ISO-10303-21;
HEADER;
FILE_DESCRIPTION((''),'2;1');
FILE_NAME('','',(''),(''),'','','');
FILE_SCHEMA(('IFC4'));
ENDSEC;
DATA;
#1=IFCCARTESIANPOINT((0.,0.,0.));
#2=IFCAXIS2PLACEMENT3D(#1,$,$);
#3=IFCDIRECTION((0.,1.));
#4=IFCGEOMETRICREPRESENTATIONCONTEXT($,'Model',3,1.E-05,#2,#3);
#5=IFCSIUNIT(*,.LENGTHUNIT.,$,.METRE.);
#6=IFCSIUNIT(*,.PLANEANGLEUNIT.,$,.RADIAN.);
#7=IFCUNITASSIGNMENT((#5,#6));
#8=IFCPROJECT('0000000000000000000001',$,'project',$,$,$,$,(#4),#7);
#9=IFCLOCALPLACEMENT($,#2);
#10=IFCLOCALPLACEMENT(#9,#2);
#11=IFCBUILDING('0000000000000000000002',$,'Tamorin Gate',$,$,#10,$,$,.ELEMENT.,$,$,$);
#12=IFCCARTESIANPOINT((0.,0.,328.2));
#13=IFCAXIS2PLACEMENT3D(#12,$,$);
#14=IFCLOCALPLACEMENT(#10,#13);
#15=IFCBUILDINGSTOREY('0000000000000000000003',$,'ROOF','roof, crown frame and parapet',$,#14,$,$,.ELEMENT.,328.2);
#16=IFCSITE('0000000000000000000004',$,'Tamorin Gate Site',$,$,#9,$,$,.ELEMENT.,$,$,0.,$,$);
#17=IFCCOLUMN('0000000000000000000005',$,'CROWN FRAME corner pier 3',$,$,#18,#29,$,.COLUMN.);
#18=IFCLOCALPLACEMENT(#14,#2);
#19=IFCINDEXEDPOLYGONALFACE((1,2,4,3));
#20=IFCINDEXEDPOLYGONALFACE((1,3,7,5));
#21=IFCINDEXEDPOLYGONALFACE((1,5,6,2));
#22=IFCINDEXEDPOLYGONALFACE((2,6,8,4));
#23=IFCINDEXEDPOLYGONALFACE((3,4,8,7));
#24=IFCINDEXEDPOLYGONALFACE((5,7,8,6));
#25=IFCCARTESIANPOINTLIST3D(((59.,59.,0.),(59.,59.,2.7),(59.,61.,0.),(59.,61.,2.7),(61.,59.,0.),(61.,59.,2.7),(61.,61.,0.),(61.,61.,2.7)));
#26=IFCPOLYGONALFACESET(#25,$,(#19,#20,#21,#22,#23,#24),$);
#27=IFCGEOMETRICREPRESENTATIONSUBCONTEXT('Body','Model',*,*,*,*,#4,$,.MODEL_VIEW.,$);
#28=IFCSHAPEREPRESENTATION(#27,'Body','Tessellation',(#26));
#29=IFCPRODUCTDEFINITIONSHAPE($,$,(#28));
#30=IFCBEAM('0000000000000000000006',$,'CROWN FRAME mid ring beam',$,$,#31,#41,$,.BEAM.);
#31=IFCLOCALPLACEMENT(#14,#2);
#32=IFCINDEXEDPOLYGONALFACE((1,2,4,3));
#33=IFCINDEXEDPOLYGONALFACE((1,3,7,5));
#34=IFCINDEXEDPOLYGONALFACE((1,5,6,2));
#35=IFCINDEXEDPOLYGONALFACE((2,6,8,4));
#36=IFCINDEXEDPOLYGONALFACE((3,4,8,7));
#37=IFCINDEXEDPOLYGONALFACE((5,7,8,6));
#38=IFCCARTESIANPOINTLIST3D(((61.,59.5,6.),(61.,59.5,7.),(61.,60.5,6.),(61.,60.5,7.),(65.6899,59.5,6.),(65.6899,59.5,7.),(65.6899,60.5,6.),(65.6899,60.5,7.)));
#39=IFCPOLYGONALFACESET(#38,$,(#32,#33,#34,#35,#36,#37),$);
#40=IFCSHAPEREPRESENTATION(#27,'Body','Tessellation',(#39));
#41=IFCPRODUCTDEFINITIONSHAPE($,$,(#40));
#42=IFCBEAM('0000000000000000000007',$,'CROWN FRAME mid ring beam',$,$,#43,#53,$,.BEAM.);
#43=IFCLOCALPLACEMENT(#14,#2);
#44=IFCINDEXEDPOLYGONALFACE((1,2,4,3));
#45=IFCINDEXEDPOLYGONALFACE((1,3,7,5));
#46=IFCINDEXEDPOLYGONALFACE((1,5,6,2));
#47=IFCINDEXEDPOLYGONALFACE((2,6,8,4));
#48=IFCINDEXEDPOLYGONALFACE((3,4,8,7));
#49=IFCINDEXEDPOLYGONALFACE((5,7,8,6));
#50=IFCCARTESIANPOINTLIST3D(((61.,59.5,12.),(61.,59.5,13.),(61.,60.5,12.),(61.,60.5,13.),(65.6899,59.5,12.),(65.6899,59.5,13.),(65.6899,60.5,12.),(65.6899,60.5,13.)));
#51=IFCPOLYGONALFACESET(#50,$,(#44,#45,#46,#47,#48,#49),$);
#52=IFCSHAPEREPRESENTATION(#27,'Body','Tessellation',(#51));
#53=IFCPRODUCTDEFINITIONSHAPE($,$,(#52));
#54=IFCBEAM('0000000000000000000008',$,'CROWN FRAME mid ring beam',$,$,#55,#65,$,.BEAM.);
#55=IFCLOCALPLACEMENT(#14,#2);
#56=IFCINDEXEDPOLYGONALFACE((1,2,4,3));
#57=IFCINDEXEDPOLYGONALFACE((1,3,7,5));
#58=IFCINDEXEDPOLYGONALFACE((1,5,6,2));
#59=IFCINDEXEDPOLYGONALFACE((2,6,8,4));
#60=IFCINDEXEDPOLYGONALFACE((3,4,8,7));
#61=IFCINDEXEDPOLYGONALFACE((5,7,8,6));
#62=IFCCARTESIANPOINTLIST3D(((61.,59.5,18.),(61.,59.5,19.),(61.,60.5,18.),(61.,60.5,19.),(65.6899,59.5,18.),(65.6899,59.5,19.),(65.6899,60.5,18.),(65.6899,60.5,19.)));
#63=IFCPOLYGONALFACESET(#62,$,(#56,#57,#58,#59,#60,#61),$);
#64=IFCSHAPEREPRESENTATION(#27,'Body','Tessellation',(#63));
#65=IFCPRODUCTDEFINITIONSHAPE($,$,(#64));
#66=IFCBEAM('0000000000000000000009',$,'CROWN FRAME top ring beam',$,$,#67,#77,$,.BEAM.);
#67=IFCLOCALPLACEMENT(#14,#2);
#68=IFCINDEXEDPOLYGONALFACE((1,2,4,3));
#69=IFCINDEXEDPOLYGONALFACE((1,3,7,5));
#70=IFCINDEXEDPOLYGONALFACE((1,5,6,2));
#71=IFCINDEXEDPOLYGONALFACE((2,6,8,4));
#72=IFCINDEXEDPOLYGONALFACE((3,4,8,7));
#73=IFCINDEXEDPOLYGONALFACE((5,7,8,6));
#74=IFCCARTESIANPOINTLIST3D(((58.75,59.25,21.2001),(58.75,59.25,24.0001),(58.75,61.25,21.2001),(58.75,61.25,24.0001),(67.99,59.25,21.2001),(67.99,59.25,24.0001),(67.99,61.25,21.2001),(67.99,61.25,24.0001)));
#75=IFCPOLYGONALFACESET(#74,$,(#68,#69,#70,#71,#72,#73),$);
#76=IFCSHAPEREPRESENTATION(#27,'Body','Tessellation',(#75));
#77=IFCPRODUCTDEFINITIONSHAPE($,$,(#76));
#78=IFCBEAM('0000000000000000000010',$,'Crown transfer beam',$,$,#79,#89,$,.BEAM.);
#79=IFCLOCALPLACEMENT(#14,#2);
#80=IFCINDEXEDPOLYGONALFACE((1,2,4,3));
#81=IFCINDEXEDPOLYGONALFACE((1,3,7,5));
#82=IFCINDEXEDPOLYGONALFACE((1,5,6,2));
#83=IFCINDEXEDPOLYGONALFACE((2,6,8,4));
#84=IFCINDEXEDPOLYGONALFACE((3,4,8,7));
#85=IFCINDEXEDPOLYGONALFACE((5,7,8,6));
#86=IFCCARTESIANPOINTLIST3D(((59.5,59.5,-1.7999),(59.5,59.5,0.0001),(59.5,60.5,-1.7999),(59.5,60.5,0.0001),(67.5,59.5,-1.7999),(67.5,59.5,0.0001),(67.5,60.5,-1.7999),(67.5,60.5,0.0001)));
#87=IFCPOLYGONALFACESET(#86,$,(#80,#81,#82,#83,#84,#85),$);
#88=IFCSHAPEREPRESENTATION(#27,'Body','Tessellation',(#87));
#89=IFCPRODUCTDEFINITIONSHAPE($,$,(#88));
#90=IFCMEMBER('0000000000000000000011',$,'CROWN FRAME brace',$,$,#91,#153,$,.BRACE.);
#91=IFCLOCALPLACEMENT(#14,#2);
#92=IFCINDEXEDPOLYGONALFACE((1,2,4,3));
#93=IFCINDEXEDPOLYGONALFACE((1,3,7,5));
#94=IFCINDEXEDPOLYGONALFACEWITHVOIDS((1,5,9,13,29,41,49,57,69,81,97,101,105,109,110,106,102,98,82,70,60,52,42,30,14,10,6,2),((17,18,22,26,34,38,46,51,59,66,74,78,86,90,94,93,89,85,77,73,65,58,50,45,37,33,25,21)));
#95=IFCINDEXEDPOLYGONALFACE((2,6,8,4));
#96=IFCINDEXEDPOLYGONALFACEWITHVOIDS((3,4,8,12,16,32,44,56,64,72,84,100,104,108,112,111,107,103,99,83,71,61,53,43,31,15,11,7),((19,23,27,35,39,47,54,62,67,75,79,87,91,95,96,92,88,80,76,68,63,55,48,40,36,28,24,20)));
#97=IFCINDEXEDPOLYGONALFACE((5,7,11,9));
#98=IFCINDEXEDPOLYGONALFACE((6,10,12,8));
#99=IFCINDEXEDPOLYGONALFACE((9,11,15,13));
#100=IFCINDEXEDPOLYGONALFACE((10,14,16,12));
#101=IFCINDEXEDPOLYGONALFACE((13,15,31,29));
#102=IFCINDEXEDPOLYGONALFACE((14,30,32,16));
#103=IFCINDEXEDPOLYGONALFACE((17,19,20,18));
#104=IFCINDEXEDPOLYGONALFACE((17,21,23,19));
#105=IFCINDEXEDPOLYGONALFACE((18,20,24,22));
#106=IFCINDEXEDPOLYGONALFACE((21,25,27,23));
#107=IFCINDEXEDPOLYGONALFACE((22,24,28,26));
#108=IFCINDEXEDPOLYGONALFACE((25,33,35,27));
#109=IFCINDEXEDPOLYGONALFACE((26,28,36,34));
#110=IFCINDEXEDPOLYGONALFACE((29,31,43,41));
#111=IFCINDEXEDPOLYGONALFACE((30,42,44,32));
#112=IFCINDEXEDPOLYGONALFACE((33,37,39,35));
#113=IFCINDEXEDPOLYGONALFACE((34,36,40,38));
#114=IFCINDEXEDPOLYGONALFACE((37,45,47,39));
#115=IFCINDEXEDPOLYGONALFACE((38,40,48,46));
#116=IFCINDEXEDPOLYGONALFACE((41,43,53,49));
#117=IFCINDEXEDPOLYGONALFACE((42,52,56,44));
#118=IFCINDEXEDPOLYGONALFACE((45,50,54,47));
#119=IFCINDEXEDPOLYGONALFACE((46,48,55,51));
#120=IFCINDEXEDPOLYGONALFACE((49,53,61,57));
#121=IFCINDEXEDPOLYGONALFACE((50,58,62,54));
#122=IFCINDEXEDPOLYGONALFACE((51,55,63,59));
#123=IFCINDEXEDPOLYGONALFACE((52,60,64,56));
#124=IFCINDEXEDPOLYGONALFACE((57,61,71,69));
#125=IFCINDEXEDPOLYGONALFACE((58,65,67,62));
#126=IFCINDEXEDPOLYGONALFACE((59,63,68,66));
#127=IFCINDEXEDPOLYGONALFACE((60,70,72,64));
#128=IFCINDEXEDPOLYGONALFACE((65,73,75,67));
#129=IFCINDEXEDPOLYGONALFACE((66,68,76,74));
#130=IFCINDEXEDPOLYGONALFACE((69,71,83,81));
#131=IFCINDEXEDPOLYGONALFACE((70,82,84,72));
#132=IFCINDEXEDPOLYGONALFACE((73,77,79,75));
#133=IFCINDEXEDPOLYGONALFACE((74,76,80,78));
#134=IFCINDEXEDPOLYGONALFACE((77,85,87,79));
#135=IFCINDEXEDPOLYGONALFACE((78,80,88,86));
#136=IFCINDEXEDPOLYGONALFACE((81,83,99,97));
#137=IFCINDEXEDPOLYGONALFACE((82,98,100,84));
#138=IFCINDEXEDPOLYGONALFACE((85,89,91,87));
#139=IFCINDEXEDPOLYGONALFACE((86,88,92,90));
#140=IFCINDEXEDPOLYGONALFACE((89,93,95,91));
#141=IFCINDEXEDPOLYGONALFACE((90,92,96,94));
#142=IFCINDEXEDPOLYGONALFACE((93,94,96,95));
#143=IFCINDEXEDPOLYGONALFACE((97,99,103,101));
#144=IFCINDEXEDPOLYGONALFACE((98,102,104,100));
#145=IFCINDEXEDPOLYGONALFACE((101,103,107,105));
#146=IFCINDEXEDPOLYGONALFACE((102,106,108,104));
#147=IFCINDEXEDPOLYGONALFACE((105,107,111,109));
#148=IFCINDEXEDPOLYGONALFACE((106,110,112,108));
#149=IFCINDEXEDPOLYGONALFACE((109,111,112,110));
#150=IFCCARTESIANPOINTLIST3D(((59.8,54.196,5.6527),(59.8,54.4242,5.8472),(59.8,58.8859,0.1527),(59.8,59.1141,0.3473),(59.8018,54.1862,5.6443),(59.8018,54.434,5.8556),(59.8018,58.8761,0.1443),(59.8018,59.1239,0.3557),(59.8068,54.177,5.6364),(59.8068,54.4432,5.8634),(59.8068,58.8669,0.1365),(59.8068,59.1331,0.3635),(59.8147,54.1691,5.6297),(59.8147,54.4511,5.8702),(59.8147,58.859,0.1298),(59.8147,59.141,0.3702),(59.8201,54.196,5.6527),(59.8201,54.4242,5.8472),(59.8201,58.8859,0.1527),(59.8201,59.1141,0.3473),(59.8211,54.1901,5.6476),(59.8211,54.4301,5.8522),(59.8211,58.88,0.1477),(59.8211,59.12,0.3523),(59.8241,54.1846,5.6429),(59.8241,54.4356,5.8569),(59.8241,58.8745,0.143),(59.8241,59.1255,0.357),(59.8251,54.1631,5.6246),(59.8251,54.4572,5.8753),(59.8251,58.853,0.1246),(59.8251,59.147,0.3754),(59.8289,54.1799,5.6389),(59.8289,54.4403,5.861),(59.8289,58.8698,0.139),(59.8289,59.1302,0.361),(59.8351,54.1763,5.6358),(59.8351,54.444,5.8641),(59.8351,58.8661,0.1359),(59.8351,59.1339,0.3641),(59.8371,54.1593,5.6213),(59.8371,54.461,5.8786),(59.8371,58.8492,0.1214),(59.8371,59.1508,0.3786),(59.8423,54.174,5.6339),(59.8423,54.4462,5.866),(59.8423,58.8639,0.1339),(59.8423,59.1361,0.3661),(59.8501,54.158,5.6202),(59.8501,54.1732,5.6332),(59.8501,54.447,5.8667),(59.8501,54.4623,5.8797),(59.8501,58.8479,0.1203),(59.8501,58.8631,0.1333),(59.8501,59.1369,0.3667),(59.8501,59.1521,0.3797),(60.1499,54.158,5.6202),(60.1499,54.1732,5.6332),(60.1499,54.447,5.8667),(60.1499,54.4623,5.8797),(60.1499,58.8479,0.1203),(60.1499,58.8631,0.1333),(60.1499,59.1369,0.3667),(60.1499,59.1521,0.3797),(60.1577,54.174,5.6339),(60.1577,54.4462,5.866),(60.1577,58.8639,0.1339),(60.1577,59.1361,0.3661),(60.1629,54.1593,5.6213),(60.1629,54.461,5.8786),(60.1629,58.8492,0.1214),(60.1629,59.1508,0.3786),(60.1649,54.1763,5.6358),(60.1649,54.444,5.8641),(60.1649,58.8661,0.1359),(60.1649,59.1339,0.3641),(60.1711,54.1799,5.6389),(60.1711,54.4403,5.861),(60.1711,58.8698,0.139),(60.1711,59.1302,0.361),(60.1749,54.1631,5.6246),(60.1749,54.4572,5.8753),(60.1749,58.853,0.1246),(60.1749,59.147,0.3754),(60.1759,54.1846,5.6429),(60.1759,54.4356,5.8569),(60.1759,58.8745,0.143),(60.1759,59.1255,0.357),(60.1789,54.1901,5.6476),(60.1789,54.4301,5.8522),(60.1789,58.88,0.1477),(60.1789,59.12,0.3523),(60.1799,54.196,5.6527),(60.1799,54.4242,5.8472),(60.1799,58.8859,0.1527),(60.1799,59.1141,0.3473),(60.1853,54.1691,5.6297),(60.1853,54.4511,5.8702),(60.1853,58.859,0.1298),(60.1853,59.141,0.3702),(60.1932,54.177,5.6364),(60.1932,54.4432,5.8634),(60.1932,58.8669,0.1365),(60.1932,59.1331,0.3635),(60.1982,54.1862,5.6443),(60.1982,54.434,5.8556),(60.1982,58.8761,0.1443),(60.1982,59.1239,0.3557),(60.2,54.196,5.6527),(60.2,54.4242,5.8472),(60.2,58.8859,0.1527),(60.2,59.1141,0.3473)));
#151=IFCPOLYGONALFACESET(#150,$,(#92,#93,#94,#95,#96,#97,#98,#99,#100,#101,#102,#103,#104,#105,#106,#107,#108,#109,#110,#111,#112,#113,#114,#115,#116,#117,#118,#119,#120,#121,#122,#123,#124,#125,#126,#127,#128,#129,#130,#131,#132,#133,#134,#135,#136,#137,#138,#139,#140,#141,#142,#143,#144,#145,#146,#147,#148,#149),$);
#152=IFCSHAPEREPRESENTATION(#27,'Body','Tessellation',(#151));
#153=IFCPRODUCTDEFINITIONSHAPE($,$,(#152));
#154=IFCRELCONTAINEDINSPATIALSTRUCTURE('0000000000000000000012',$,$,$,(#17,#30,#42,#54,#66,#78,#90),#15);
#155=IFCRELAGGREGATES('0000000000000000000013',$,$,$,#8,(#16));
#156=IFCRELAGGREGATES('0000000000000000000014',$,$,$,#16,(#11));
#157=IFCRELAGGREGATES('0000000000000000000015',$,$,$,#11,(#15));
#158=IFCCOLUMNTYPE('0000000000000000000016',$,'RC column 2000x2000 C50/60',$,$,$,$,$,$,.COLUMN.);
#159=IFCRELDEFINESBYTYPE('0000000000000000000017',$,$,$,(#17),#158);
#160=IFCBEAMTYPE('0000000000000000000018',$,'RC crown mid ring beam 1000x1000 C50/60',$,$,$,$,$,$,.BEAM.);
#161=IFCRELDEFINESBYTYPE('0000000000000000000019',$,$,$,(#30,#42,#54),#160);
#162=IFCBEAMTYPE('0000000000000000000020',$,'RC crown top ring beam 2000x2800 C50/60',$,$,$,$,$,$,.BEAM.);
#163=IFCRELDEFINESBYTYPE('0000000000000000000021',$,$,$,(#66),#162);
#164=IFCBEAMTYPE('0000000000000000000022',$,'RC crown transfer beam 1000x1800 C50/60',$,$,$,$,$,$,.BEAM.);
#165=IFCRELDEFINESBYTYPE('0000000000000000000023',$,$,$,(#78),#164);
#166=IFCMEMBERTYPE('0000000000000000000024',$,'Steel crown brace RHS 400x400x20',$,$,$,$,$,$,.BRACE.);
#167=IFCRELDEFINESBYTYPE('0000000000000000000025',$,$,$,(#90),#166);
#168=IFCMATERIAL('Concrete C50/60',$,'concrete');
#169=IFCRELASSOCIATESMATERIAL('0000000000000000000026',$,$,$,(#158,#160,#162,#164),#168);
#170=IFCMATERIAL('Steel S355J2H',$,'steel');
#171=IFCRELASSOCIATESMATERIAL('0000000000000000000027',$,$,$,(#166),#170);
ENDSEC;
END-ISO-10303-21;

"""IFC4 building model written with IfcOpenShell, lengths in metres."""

from ifc_helpers import new_model, si_unit, direction, frame, origin, origin_2d, place, context, subcontext, project, spatial, rectangle, hollow_rectangle, extrude, material, material_profile, profile_set, type_object, element, save


model = new_model("IFC4")

# Units and contexts
model_context = context("Model", 3, precision=1e-05, world=origin(), true_north=direction((0.0, 1.0)))
body_context = subcontext(model_context, "Body", "Model", "MODEL_VIEW")
ifc_project = project(units=[si_unit("LENGTHUNIT", "METRE"), si_unit("PLANEANGLEUNIT", "RADIAN")], contexts=[model_context])

# Site, building, storey
site_placement = place(None, origin())
site = spatial("IfcSite", under=ifc_project, at=site_placement, Name="Tamorin Gate Site", CompositionType="ELEMENT", RefElevation=0.0)
building_placement = place(site_placement, origin())
building = spatial("IfcBuilding", under=site, at=building_placement, Name="Tamorin Gate", CompositionType="ELEMENT")
storey_placement = place(building_placement, frame((0.0, 0.0, 328.2)))
storey = spatial("IfcBuildingStorey", under=building, at=storey_placement, Name="ROOF", Description="roof, crown frame and parapet", CompositionType="ELEMENT", Elevation=328.2)

# Column
ifc_material_1 = material(Name="Concrete C50/60", Category="concrete")
ifc_material_profile_1 = material_profile(ifc_material_1, rectangle(XDim=2.0, YDim=2.0, at=origin_2d()), Name="RC 2000x2000")
ifc_profile_set_1 = profile_set([ifc_material_profile_1], Name="Concrete C50/60")
column_type = type_object("IfcColumnType", Name="RC column 2000x2000 C50/60", PredefinedType="COLUMN", material=ifc_profile_set_1)
column_placement = place(storey_placement, frame((60.0, 60.0, 0.0), z_axis=(0.0, 0.0, 1.0), x_axis=(1.0, 0.0, 0.0)))
element("IfcColumn", 1, at=column_placement, inside=storey, type_object=column_type, Name="CROWN FRAME corner pier 3", PredefinedType="COLUMN", context=body_context, shape_type="SweptSolid", body=[
    extrude(rectangle(XDim=2.0, YDim=2.0, at=origin_2d()), origin(), (0.0, 0.0, 1.0), 2.7),
])

# Beams
ifc_material_profile_2 = material_profile(ifc_material_1, rectangle(XDim=1.0, YDim=1.0, at=origin_2d()), Name="RC 1000x1000")
ifc_profile_set_2 = profile_set([ifc_material_profile_2], Name="Concrete C50/60")
beam_type_1 = type_object("IfcBeamType", Name="RC crown mid ring beam 1000x1000 C50/60", PredefinedType="BEAM", material=ifc_profile_set_2)
for number, where, z_axis, x_axis, name in (
    (2, (61.0, 60.0, 6.5), (1.0, 0.0, 0.0), (0.0, 1.0, 0.0), "CROWN FRAME mid ring beam"),
    (3, (61.0, 60.0, 12.5), (1.0, 0.0, 0.0), (0.0, 1.0, 0.0), "CROWN FRAME mid ring beam"),
    (4, (61.0, 60.0, 18.5), (1.0, 0.0, 0.0), (0.0, 1.0, 0.0), "CROWN FRAME mid ring beam"),
):
    element("IfcBeam", number, at=place(storey_placement, frame(where, z_axis=z_axis, x_axis=x_axis)), inside=storey, type_object=beam_type_1, Name=name, PredefinedType="BEAM", context=body_context, shape_type="SweptSolid", body=[
        extrude(rectangle(XDim=1.0, YDim=1.0, at=origin_2d()), origin(), (0.0, 0.0, 1.0), 4.6899),
    ])
ifc_material_profile_3 = material_profile(ifc_material_1, rectangle(XDim=2.0, YDim=2.8, at=origin_2d()), Name="RC 2000x2800")
ifc_profile_set_3 = profile_set([ifc_material_profile_3], Name="Concrete C50/60")
beam_type_2 = type_object("IfcBeamType", Name="RC crown top ring beam 2000x2800 C50/60", PredefinedType="BEAM", material=ifc_profile_set_3)
beam_1_placement = place(storey_placement, frame((58.75, 60.25, 22.6001), z_axis=(1.0, 0.0, 0.0), x_axis=(0.0, 1.0, 0.0)))
element("IfcBeam", 5, at=beam_1_placement, inside=storey, type_object=beam_type_2, Name="CROWN FRAME top ring beam", PredefinedType="BEAM", context=body_context, shape_type="SweptSolid", body=[
    extrude(rectangle(XDim=2.0, YDim=2.8, at=origin_2d()), origin(), (0.0, 0.0, 1.0), 9.24),
])
ifc_material_profile_4 = material_profile(ifc_material_1, rectangle(XDim=1.0, YDim=1.8, at=origin_2d()), Name="RC 1000x1800")
ifc_profile_set_4 = profile_set([ifc_material_profile_4], Name="Concrete C50/60")
beam_type_3 = type_object("IfcBeamType", Name="RC crown transfer beam 1000x1800 C50/60", PredefinedType="BEAM", material=ifc_profile_set_4)
beam_2_placement = place(storey_placement, frame((59.5, 60.0, -0.8999), z_axis=(1.0, 0.0, 0.0), x_axis=(0.0, 1.0, 0.0)))
element("IfcBeam", 6, at=beam_2_placement, inside=storey, type_object=beam_type_3, Name="Crown transfer beam", PredefinedType="BEAM", context=body_context, shape_type="SweptSolid", body=[
    extrude(rectangle(XDim=1.0, YDim=1.8, at=origin_2d()), origin(), (0.0, 0.0, 1.0), 8.0),
])

# Member
ifc_material_2 = material(Name="Steel S355J2H", Category="steel")
ifc_material_profile_5 = material_profile(ifc_material_2, hollow_rectangle(XDim=0.3999, YDim=0.3999, WallThickness=0.02, InnerFilletRadius=0.03, OuterFilletRadius=0.05, at=origin_2d()), Name="RHS 400x400x20")
ifc_profile_set_5 = profile_set([ifc_material_profile_5], Name="Steel S355J2H")
member_type = type_object("IfcMemberType", Name="Steel crown brace RHS 400x400x20", PredefinedType="BRACE", material=ifc_profile_set_5)
for number, where, z_axis, x_axis, name in (
    (7, (60.0, 59.0, 0.25), (0.0, -0.648848, 0.760918), (1.0, 0.0, 0.0), "CROWN FRAME brace"),
):
    element("IfcMember", number, at=place(storey_placement, frame(where, z_axis=z_axis, x_axis=x_axis)), inside=storey, type_object=member_type, Name=name, PredefinedType="BRACE", context=body_context, shape_type="SweptSolid", body=[
        extrude(hollow_rectangle(XDim=0.3999, YDim=0.3999, WallThickness=0.02, InnerFilletRadius=0.03, OuterFilletRadius=0.05, at=origin_2d()), origin(), (0.0, 0.0, 1.0), 7.228),
    ])

save(model, "model.ifc")
